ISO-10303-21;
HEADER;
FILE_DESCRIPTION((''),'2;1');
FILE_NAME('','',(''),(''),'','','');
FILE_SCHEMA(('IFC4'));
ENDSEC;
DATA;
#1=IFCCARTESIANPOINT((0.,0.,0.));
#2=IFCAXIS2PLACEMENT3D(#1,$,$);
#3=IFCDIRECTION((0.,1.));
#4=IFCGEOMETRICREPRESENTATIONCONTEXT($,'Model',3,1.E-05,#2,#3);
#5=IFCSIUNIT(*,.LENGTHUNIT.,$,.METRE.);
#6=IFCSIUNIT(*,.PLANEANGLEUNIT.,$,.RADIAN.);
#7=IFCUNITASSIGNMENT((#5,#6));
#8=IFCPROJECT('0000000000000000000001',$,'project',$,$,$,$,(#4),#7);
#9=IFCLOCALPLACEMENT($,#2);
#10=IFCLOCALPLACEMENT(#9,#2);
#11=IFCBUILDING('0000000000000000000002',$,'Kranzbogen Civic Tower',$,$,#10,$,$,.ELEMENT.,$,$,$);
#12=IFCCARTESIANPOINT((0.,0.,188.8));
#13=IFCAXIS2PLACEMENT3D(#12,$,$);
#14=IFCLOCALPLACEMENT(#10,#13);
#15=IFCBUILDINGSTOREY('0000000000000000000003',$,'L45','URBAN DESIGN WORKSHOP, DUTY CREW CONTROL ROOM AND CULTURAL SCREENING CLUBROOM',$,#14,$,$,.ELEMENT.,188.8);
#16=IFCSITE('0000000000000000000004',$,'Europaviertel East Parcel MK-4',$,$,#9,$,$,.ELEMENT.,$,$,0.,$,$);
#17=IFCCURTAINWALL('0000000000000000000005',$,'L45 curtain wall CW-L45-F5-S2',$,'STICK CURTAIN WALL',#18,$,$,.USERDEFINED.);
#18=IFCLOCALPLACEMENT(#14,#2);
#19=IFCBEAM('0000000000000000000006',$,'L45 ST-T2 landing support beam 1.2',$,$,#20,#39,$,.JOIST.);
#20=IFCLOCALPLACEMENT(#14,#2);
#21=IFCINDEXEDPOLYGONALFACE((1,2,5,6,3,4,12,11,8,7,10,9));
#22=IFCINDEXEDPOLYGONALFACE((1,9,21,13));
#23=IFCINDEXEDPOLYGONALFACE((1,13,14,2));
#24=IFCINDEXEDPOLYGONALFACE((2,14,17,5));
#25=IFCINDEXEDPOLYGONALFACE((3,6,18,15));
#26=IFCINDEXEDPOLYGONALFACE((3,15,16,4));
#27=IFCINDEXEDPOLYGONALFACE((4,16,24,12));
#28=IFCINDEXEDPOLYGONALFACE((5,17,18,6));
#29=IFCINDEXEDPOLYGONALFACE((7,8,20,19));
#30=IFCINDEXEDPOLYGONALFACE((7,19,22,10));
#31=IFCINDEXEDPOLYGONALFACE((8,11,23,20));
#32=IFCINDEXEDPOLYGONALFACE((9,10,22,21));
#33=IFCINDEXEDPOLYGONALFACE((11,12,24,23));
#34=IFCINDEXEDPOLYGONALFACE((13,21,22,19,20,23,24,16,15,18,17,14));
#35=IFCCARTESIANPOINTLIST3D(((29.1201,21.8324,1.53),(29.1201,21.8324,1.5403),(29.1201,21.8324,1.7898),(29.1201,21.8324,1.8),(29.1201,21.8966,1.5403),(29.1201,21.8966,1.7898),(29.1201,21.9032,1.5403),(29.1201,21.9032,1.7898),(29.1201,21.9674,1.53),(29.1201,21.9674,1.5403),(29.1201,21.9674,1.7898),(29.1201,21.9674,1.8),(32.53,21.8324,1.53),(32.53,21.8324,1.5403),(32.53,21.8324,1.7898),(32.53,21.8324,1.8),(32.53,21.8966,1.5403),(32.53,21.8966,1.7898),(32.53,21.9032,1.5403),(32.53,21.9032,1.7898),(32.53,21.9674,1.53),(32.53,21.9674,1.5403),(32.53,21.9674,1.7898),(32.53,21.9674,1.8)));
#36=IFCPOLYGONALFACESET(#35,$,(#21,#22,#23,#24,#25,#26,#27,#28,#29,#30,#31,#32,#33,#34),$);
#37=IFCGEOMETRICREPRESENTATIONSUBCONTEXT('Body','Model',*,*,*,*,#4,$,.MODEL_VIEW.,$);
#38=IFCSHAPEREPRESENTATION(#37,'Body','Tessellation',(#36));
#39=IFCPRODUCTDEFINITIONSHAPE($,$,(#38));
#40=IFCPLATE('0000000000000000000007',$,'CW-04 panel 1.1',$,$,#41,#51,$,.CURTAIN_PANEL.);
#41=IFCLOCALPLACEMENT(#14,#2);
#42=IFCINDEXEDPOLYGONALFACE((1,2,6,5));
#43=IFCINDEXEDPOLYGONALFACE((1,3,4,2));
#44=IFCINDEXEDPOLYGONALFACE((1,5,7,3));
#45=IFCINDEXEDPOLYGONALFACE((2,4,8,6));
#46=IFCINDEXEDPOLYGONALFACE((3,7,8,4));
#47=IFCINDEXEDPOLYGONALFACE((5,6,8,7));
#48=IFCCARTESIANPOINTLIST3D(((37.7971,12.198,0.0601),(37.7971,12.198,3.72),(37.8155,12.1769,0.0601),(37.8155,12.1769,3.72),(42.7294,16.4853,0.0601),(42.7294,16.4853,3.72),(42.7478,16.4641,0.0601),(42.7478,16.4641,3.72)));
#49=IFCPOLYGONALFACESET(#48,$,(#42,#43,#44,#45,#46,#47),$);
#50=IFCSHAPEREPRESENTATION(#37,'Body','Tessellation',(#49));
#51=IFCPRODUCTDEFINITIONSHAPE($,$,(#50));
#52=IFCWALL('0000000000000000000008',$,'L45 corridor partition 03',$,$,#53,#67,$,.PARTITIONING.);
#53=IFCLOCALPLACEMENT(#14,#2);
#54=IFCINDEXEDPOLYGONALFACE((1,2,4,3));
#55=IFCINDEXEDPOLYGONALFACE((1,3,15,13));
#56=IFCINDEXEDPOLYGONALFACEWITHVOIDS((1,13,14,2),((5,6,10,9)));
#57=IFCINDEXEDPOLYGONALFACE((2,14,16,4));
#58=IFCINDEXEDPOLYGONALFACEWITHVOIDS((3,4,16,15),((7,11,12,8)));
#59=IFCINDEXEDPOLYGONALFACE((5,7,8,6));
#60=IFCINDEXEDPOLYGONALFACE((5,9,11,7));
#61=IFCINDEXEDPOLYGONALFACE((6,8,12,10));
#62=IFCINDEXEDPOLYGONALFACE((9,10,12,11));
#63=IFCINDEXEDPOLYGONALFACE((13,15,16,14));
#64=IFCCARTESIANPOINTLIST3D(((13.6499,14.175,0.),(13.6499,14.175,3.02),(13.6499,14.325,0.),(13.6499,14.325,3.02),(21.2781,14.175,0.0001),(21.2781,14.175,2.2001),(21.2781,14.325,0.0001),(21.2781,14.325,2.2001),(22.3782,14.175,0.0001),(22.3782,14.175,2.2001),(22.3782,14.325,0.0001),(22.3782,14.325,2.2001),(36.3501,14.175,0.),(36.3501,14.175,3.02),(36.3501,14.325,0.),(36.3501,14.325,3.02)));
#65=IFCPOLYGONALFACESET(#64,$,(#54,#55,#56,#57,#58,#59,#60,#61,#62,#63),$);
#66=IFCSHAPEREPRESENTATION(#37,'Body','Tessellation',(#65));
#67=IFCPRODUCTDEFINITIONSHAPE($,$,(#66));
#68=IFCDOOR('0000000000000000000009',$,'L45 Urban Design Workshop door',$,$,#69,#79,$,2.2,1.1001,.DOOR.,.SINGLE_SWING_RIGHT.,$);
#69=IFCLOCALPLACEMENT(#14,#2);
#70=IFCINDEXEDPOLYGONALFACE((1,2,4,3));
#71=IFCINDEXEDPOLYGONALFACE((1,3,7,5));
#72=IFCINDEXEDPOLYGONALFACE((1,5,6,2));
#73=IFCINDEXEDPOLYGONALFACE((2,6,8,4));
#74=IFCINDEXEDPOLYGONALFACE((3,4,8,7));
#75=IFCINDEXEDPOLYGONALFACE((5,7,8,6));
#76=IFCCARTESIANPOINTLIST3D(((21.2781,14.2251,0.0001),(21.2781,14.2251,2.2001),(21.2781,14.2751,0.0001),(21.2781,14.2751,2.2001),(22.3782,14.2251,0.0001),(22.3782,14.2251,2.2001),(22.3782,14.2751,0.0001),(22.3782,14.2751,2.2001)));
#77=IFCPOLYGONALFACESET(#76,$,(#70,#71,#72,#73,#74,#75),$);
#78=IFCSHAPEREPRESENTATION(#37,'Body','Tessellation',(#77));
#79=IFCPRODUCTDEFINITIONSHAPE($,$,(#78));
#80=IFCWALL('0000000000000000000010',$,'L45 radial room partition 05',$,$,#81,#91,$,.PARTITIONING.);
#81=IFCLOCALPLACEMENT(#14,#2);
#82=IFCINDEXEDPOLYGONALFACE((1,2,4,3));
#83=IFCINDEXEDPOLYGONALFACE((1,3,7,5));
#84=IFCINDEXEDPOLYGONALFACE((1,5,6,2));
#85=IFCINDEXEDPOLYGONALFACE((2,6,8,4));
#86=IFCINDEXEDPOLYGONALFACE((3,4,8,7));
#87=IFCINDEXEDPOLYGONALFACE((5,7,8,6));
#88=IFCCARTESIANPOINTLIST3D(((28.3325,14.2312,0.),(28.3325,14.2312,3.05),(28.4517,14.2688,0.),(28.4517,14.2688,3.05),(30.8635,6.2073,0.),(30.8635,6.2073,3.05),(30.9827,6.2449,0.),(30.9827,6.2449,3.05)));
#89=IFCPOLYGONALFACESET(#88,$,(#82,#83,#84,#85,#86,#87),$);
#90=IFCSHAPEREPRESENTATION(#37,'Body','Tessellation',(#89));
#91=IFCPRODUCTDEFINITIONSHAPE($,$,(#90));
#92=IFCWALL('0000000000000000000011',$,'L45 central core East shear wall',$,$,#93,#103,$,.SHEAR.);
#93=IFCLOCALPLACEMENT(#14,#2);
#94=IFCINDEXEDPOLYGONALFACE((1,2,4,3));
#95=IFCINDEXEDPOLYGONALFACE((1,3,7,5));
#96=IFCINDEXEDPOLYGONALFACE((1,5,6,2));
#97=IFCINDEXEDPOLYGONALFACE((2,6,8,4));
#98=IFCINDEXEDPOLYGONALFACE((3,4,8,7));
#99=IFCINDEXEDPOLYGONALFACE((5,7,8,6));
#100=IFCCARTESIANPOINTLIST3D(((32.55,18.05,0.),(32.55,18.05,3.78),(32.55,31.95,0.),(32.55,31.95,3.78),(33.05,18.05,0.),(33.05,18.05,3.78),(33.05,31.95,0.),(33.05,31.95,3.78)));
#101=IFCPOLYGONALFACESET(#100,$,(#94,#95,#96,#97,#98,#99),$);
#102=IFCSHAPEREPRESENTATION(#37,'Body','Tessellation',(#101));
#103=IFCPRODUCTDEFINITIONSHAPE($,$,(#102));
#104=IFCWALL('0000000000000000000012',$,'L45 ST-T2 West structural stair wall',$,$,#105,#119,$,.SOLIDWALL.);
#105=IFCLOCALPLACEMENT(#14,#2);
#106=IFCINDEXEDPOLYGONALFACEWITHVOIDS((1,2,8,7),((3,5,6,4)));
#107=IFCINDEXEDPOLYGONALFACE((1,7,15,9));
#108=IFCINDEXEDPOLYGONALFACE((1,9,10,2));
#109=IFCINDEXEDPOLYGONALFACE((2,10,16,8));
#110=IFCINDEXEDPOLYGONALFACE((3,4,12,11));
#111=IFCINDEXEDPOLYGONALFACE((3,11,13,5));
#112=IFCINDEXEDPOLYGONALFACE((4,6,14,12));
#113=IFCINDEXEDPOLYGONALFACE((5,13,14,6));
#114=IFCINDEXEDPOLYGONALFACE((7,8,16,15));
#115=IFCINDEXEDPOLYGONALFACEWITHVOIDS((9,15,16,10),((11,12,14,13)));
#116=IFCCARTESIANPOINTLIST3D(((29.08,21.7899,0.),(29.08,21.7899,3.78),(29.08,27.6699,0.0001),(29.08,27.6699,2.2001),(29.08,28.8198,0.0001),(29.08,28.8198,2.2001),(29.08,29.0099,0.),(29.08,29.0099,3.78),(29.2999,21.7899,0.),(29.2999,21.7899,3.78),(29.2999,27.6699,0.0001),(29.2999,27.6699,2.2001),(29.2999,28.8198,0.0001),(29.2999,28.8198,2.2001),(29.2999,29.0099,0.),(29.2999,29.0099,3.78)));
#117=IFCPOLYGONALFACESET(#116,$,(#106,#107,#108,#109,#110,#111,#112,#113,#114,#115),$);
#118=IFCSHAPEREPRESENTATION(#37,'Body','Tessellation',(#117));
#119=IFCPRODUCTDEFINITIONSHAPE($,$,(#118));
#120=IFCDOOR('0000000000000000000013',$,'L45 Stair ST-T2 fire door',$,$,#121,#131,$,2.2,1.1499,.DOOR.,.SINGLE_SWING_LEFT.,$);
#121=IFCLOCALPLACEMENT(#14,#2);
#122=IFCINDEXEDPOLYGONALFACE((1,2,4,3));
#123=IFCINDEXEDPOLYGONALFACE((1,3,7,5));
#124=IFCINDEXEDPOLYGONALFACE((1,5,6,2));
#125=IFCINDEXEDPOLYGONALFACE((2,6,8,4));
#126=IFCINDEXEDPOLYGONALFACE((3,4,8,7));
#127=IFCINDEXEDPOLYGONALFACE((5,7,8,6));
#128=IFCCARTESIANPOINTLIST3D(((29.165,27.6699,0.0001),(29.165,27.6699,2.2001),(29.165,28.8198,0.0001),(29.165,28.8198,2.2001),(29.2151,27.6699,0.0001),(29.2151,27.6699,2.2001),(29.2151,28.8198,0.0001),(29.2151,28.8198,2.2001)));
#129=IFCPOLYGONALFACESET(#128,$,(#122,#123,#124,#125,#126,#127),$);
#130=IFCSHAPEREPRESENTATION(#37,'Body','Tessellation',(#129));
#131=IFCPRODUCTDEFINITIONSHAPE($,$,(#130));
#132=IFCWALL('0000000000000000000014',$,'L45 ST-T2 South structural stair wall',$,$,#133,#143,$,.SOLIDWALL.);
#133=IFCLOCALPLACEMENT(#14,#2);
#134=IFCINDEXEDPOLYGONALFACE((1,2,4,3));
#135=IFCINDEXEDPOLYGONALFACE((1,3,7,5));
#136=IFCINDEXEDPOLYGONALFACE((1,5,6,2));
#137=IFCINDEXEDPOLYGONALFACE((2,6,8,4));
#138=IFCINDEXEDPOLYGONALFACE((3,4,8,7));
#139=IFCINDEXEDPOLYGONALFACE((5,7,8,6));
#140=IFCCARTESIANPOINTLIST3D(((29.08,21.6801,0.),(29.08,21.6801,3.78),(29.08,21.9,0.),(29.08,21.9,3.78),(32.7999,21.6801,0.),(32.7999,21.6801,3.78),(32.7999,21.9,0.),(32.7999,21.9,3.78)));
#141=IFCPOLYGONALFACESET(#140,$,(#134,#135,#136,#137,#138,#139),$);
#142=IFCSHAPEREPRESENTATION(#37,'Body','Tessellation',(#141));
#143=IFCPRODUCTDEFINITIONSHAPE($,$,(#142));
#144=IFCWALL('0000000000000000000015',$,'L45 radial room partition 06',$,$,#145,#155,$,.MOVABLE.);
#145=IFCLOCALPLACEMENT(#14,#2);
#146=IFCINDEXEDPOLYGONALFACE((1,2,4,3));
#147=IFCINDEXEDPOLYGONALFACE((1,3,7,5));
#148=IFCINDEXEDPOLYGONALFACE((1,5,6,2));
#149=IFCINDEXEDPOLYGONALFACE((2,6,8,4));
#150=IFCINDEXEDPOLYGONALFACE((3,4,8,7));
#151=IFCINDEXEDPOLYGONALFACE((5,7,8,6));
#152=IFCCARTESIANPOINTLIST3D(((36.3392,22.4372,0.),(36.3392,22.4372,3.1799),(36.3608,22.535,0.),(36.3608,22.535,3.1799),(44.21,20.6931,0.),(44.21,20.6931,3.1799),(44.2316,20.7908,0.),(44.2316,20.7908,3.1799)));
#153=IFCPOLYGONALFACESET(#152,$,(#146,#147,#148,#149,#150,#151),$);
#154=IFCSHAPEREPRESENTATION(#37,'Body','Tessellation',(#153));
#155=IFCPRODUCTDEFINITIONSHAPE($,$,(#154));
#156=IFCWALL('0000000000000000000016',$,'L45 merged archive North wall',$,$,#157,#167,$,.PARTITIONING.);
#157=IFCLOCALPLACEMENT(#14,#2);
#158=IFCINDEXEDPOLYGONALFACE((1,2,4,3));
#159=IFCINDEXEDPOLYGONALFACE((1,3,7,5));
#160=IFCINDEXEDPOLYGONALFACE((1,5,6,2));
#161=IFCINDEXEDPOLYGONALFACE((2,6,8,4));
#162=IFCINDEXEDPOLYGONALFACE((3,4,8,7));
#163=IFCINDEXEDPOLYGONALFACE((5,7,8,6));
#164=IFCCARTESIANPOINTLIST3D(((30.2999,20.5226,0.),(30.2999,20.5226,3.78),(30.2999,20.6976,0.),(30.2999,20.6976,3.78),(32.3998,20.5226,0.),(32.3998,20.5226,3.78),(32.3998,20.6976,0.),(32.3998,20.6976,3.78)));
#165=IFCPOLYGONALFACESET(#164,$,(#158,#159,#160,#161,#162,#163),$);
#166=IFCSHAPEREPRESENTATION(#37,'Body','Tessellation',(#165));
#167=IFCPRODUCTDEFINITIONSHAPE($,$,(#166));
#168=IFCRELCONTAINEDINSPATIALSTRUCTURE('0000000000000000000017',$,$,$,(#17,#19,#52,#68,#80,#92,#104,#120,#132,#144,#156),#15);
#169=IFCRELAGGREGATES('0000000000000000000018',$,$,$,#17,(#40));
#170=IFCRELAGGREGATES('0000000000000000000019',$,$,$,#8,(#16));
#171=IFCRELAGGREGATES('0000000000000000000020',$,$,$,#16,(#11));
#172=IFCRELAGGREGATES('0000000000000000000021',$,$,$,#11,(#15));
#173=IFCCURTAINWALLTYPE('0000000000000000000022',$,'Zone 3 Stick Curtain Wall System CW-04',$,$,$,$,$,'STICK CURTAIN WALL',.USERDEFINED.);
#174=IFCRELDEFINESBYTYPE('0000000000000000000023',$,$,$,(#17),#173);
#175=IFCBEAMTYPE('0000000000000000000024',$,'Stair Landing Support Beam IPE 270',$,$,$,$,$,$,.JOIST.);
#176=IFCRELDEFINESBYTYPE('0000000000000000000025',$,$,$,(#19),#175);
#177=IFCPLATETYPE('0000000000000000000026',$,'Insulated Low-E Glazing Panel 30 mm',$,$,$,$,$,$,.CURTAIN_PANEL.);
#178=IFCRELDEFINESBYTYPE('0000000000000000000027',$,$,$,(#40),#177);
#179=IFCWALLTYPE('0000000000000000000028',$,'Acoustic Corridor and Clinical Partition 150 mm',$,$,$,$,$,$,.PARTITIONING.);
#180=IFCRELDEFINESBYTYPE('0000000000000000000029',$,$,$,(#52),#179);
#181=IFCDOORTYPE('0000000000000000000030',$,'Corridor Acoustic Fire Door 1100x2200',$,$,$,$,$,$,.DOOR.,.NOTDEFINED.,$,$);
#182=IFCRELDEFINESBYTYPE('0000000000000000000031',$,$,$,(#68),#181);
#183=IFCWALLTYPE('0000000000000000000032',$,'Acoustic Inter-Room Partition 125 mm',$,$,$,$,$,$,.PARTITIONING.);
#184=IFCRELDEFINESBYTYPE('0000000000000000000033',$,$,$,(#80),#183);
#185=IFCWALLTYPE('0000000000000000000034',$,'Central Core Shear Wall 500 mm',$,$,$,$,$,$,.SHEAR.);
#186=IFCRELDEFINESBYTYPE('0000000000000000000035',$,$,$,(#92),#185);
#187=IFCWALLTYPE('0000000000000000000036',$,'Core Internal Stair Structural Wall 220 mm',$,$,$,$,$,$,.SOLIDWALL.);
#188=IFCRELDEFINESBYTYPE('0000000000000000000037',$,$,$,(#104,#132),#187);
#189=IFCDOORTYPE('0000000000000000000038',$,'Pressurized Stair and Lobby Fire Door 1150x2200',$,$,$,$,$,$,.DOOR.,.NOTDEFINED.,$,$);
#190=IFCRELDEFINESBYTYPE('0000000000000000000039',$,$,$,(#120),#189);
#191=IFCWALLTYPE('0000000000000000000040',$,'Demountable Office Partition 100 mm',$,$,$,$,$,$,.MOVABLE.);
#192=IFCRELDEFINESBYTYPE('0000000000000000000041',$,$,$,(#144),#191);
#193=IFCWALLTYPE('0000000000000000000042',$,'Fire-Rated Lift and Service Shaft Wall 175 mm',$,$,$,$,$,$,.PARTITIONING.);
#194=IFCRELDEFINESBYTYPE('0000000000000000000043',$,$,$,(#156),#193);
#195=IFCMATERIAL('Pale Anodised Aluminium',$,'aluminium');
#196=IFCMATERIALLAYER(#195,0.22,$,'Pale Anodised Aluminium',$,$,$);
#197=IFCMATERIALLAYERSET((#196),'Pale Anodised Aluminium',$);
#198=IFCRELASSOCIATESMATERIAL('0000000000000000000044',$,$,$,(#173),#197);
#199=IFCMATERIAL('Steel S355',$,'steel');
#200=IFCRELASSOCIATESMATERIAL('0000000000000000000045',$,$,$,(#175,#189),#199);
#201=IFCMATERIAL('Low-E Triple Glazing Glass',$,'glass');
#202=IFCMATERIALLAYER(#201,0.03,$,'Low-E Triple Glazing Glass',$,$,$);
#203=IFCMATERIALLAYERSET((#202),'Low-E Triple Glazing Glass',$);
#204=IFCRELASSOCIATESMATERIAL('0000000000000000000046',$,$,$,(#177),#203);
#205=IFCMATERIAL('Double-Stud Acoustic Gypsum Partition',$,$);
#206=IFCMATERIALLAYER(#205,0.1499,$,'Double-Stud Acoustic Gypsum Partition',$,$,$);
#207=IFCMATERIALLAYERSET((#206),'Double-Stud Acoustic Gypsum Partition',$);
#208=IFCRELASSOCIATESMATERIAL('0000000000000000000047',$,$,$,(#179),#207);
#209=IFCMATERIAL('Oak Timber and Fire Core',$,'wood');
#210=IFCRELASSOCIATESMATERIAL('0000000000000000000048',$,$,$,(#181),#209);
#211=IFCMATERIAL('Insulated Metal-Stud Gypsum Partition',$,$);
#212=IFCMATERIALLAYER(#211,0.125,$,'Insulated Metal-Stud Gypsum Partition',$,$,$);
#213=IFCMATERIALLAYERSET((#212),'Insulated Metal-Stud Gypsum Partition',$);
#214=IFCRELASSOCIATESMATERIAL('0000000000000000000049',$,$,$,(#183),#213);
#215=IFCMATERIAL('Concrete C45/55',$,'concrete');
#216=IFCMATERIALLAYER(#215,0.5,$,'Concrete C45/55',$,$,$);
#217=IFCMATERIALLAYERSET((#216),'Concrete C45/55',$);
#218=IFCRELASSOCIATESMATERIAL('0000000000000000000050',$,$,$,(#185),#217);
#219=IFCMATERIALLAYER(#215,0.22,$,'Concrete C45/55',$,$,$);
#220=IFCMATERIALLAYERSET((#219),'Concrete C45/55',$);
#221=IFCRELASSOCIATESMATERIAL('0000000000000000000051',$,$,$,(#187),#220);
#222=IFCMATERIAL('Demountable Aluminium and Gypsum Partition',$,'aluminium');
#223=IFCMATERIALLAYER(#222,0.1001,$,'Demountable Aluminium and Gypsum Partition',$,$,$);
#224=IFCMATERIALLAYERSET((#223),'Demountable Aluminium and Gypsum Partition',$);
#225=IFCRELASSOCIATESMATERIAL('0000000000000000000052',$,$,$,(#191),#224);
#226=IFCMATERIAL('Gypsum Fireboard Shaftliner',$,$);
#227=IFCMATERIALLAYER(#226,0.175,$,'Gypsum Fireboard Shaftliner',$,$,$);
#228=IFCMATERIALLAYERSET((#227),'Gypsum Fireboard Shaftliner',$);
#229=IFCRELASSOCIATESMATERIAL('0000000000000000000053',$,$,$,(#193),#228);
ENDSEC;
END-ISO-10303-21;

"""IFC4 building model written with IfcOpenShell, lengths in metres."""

from ifc_helpers import new_model, si_unit, direction, frame, frame_2d, origin, origin_2d, place, context, subcontext, project, spatial, rectangle, i_section, extrude, material, layer, layer_set, material_profile, profile_set, type_object, element, fill, aggregate, save


model = new_model("IFC4")

# Units and contexts
model_context = context("Model", 3, precision=1e-05, world=origin(), true_north=direction((0.0, 1.0)))
body_context = subcontext(model_context, "Body", "Model", "MODEL_VIEW")
ifc_project = project(units=[si_unit("LENGTHUNIT", "METRE"), si_unit("PLANEANGLEUNIT", "RADIAN")], contexts=[model_context])

# Site, building, storey
site_placement = place(None, origin())
site = spatial("IfcSite", under=ifc_project, at=site_placement, Name="Europaviertel East Parcel MK-4", CompositionType="ELEMENT", RefElevation=0.0)
building_placement = place(site_placement, origin())
building = spatial("IfcBuilding", under=site, at=building_placement, Name="Kranzbogen Civic Tower", CompositionType="ELEMENT")
storey_placement = place(building_placement, frame((0.0, 0.0, 188.8)))
storey = spatial("IfcBuildingStorey", under=building, at=storey_placement, Name="L45", Description="URBAN DESIGN WORKSHOP, DUTY CREW CONTROL ROOM AND CULTURAL SCREENING CLUBROOM", CompositionType="ELEMENT", Elevation=188.8)

# Shared definitions
ifc_material_1 = material(Name="Steel S355", Category="steel")

# Curtain wall
ifc_material_2 = material(Name="Pale Anodised Aluminium", Category="aluminium")
ifc_layer_1 = layer(ifc_material_2, 0.22, Name="Pale Anodised Aluminium")
ifc_layer_set_1 = layer_set([ifc_layer_1], Name="Pale Anodised Aluminium")
curtain_wall_type = type_object("IfcCurtainWallType", Name="Zone 3 Stick Curtain Wall System CW-04", ElementType="STICK CURTAIN WALL", PredefinedType="USERDEFINED", material=ifc_layer_set_1)
curtain_wall_1_placement = place(storey_placement, origin())
curtain_wall_1 = element("IfcCurtainWall", 1, at=curtain_wall_1_placement, inside=storey, type_object=curtain_wall_type, Name="L45 curtain wall CW-L45-F5-S2", ObjectType="STICK CURTAIN WALL", PredefinedType="USERDEFINED")

# Beam
ifc_material_profile_1 = material_profile(ifc_material_1, i_section(OverallWidth=0.135, OverallDepth=0.27, WebThickness=0.0066, FlangeThickness=0.0103, at=origin_2d()), Name="IPE 270")
ifc_profile_set_1 = profile_set([ifc_material_profile_1], Name="Steel S355")
beam_type_1 = type_object("IfcBeamType", Name="Stair Landing Support Beam IPE 270", PredefinedType="JOIST", material=ifc_profile_set_1)
beam_1_placement = place(storey_placement, frame((29.1201, 21.8999, 1.665), z_axis=(1.0, 0.0, 0.0), x_axis=(0.0, 1.0, 0.0)))
element("IfcBeam", 2, at=beam_1_placement, inside=storey, type_object=beam_type_1, Name="L45 ST-T2 landing support beam 1.2", PredefinedType="JOIST", context=body_context, shape_type="SweptSolid", body=[
    extrude(i_section(OverallWidth=0.135, OverallDepth=0.27, WebThickness=0.0066, FlangeThickness=0.0103, at=origin_2d()), origin(), (0.0, 0.0, 1.0), 3.4099),
])

# Plate
ifc_material_3 = material(Name="Low-E Triple Glazing Glass", Category="glass")
ifc_layer_2 = layer(ifc_material_3, 0.03, Name="Low-E Triple Glazing Glass")
ifc_layer_set_2 = layer_set([ifc_layer_2], Name="Low-E Triple Glazing Glass")
plate_type = type_object("IfcPlateType", Name="Insulated Low-E Glazing Panel 30 mm", PredefinedType="CURTAIN_PANEL", material=ifc_layer_set_2)
plate_placement = place(storey_placement, frame((40.2725, 14.3311, 0.0601), z_axis=(0.0, 0.0, 1.0), x_axis=(0.754741, 0.656022, 0.0)))
plate = element("IfcPlate", 3, at=plate_placement, type_object=plate_type, Name="CW-04 panel 1.1", PredefinedType="CURTAIN_PANEL", context=body_context, shape_type="SweptSolid", body=[
    extrude(rectangle(XDim=6.5352, YDim=0.0281, at=origin_2d()), origin(), (0.0, 0.0, 1.0), 3.6599),
])
aggregate(curtain_wall_1, [plate])

# Wall, opening, door
ifc_material_4 = material(Name="Double-Stud Acoustic Gypsum Partition")
ifc_layer_3 = layer(ifc_material_4, 0.1499, Name="Double-Stud Acoustic Gypsum Partition")
ifc_layer_set_3 = layer_set([ifc_layer_3], Name="Double-Stud Acoustic Gypsum Partition")
wall_type_1 = type_object("IfcWallType", Name="Acoustic Corridor and Clinical Partition 150 mm", PredefinedType="PARTITIONING", material=ifc_layer_set_3)
wall_1_placement = place(storey_placement, frame((36.3501, 14.25, 0.0), z_axis=(0.0, 0.0, 1.0), x_axis=(-1.0, 0.0, 0.0)))
wall_1 = element("IfcWall", 4, at=wall_1_placement, inside=storey, type_object=wall_type_1, Name="L45 corridor partition 03", PredefinedType="PARTITIONING", context=body_context, shape_type="SweptSolid", body=[
    extrude(rectangle(XDim=22.7002, YDim=0.1499, at=frame_2d((11.3501, 0.0))), origin(), (0.0, 0.0, 1.0), 3.02),
])
opening_1_placement = place(wall_1_placement, frame((13.9719, 0.0, 0.0)))
opening_1 = element("IfcOpeningElement", 5, at=opening_1_placement, cuts=wall_1, PredefinedType="OPENING", context=body_context, shape_type="SweptSolid", body=[
    extrude(rectangle(XDim=1.1001, YDim=2.2, at=frame_2d((0.55, 1.1001))), frame((0.0, 0.085, 0.0), z_axis=(0.0, -1.0, 0.0), x_axis=(1.0, 0.0, 0.0)), (0.0, 0.0, 1.0), 0.1699),
])
ifc_material_5 = material(Name="Oak Timber and Fire Core", Category="wood")
door_type_1 = type_object("IfcDoorType", Name="Corridor Acoustic Fire Door 1100x2200", OperationType="NOTDEFINED", PredefinedType="DOOR", material=ifc_material_5)
door_1_placement = place(opening_1_placement, origin())
door_1 = element("IfcDoor", 6, at=door_1_placement, inside=storey, type_object=door_type_1, Name="L45 Urban Design Workshop door", OperationType="SINGLE_SWING_RIGHT", OverallHeight=2.2, OverallWidth=1.1001, PredefinedType="DOOR", context=body_context, shape_type="SweptSolid", body=[
    extrude(rectangle(XDim=1.1001, YDim=2.2, at=frame_2d((0.55, 1.1001))), frame((0.0, 0.0249, 0.0), z_axis=(0.0, -1.0, 0.0), x_axis=(1.0, 0.0, 0.0)), (0.0, 0.0, 1.0), 0.05),
])
fill(opening_1, door_1)

# Walls
ifc_material_6 = material(Name="Insulated Metal-Stud Gypsum Partition")
ifc_layer_4 = layer(ifc_material_6, 0.125, Name="Insulated Metal-Stud Gypsum Partition")
ifc_layer_set_4 = layer_set([ifc_layer_4], Name="Insulated Metal-Stud Gypsum Partition")
wall_type_2 = type_object("IfcWallType", Name="Acoustic Inter-Room Partition 125 mm", PredefinedType="PARTITIONING", material=ifc_layer_set_4)
wall_2_placement = place(storey_placement, frame((28.3921, 14.25, 0.0), z_axis=(0.0, 0.0, 1.0), x_axis=(0.300822, -0.95368, 0.0)))
element("IfcWall", 7, at=wall_2_placement, inside=storey, type_object=wall_type_2, Name="L45 radial room partition 05", PredefinedType="PARTITIONING", context=body_context, shape_type="SweptSolid", body=[
    extrude(rectangle(XDim=8.4136, YDim=0.125, at=frame_2d((4.2068, 0.0))), origin(), (0.0, 0.0, 1.0), 3.05),
])
ifc_material_7 = material(Name="Concrete C45/55", Category="concrete")
ifc_layer_5 = layer(ifc_material_7, 0.5, Name="Concrete C45/55")
ifc_layer_set_5 = layer_set([ifc_layer_5], Name="Concrete C45/55")
wall_type_3 = type_object("IfcWallType", Name="Central Core Shear Wall 500 mm", PredefinedType="SHEAR", material=ifc_layer_set_5)
wall_3_placement = place(storey_placement, frame((32.8, 18.05, 0.0), z_axis=(0.0, 0.0, 1.0), x_axis=(0.0, 1.0, 0.0)))
element("IfcWall", 8, at=wall_3_placement, inside=storey, type_object=wall_type_3, Name="L45 central core East shear wall", PredefinedType="SHEAR", context=body_context, shape_type="SweptSolid", body=[
    extrude(rectangle(XDim=13.8999, YDim=0.5, at=frame_2d((6.95, 0.0))), origin(), (0.0, 0.0, 1.0), 3.78),
])

# Wall, opening, door
ifc_layer_6 = layer(ifc_material_7, 0.22, Name="Concrete C45/55")
ifc_layer_set_6 = layer_set([ifc_layer_6], Name="Concrete C45/55")
wall_type_4 = type_object("IfcWallType", Name="Core Internal Stair Structural Wall 220 mm", PredefinedType="SOLIDWALL", material=ifc_layer_set_6)
wall_4_placement = place(storey_placement, frame((29.1899, 21.79, 0.0), z_axis=(0.0, 0.0, 1.0), x_axis=(0.0, 1.0, 0.0)))
wall_4 = element("IfcWall", 9, at=wall_4_placement, inside=storey, type_object=wall_type_4, Name="L45 ST-T2 West structural stair wall", PredefinedType="SOLIDWALL", context=body_context, shape_type="SweptSolid", body=[
    extrude(rectangle(XDim=7.22, YDim=0.22, at=frame_2d((3.6099, 0.0))), origin(), (0.0, 0.0, 1.0), 3.78),
])
opening_2_placement = place(wall_4_placement, frame((5.8799, 0.0, 0.0)))
opening_2 = element("IfcOpeningElement", 10, at=opening_2_placement, cuts=wall_4, PredefinedType="OPENING", context=body_context, shape_type="SweptSolid", body=[
    extrude(rectangle(XDim=1.1499, YDim=2.2, at=frame_2d((0.575, 1.1001))), frame((0.0, 0.1201, 0.0), z_axis=(0.0, -1.0, 0.0), x_axis=(1.0, 0.0, 0.0)), (0.0, 0.0, 1.0), 0.24),
])
door_type_2 = type_object("IfcDoorType", Name="Pressurized Stair and Lobby Fire Door 1150x2200", OperationType="NOTDEFINED", PredefinedType="DOOR", material=ifc_material_1)
door_2_placement = place(opening_2_placement, origin())
door_2 = element("IfcDoor", 11, at=door_2_placement, inside=storey, type_object=door_type_2, Name="L45 Stair ST-T2 fire door", OperationType="SINGLE_SWING_LEFT", OverallHeight=2.2, OverallWidth=1.1499, PredefinedType="DOOR", context=body_context, shape_type="SweptSolid", body=[
    extrude(rectangle(XDim=1.1499, YDim=2.2, at=frame_2d((0.575, 1.1001))), frame((0.0, 0.0249, 0.0), z_axis=(0.0, -1.0, 0.0), x_axis=(1.0, 0.0, 0.0)), (0.0, 0.0, 1.0), 0.05),
])
fill(opening_2, door_2)

# Walls
wall_5_placement = place(storey_placement, frame((29.0801, 21.79, 0.0), z_axis=(0.0, 0.0, 1.0), x_axis=(1.0, 0.0, 0.0)))
element("IfcWall", 12, at=wall_5_placement, inside=storey, type_object=wall_type_4, Name="L45 ST-T2 South structural stair wall", PredefinedType="SOLIDWALL", context=body_context, shape_type="SweptSolid", body=[
    extrude(rectangle(XDim=3.72, YDim=0.22, at=frame_2d((1.8599, 0.0))), origin(), (0.0, 0.0, 1.0), 3.78),
])
ifc_material_8 = material(Name="Demountable Aluminium and Gypsum Partition", Category="aluminium")
ifc_layer_7 = layer(ifc_material_8, 0.1001, Name="Demountable Aluminium and Gypsum Partition")
ifc_layer_set_7 = layer_set([ifc_layer_7], Name="Demountable Aluminium and Gypsum Partition")
wall_type_5 = type_object("IfcWallType", Name="Demountable Office Partition 100 mm", PredefinedType="MOVABLE", material=ifc_layer_set_7)
wall_6_placement = place(storey_placement, frame((36.3501, 22.4861, 0.0), z_axis=(0.0, 0.0, 1.0), x_axis=(0.976317, -0.216347, 0.0)))
element("IfcWall", 13, at=wall_6_placement, inside=storey, type_object=wall_type_5, Name="L45 radial room partition 06", PredefinedType="MOVABLE", context=body_context, shape_type="SweptSolid", body=[
    extrude(rectangle(XDim=8.0618, YDim=0.1001, at=frame_2d((4.0308, 0.0))), origin(), (0.0, 0.0, 1.0), 3.1799),
])
ifc_material_9 = material(Name="Gypsum Fireboard Shaftliner")
ifc_layer_8 = layer(ifc_material_9, 0.175, Name="Gypsum Fireboard Shaftliner")
ifc_layer_set_8 = layer_set([ifc_layer_8], Name="Gypsum Fireboard Shaftliner")
wall_type_6 = type_object("IfcWallType", Name="Fire-Rated Lift and Service Shaft Wall 175 mm", PredefinedType="PARTITIONING", material=ifc_layer_set_8)
wall_7_placement = place(storey_placement, frame((30.3, 20.6101, 0.0), z_axis=(0.0, 0.0, 1.0), x_axis=(1.0, 0.0, 0.0)))
element("IfcWall", 14, at=wall_7_placement, inside=storey, type_object=wall_type_6, Name="L45 merged archive North wall", PredefinedType="PARTITIONING", context=body_context, shape_type="SweptSolid", body=[
    extrude(rectangle(XDim=2.0999, YDim=0.175, at=frame_2d((1.0498, 0.0))), origin(), (0.0, 0.0, 1.0), 3.78),
])

save(model, "model.ifc")
